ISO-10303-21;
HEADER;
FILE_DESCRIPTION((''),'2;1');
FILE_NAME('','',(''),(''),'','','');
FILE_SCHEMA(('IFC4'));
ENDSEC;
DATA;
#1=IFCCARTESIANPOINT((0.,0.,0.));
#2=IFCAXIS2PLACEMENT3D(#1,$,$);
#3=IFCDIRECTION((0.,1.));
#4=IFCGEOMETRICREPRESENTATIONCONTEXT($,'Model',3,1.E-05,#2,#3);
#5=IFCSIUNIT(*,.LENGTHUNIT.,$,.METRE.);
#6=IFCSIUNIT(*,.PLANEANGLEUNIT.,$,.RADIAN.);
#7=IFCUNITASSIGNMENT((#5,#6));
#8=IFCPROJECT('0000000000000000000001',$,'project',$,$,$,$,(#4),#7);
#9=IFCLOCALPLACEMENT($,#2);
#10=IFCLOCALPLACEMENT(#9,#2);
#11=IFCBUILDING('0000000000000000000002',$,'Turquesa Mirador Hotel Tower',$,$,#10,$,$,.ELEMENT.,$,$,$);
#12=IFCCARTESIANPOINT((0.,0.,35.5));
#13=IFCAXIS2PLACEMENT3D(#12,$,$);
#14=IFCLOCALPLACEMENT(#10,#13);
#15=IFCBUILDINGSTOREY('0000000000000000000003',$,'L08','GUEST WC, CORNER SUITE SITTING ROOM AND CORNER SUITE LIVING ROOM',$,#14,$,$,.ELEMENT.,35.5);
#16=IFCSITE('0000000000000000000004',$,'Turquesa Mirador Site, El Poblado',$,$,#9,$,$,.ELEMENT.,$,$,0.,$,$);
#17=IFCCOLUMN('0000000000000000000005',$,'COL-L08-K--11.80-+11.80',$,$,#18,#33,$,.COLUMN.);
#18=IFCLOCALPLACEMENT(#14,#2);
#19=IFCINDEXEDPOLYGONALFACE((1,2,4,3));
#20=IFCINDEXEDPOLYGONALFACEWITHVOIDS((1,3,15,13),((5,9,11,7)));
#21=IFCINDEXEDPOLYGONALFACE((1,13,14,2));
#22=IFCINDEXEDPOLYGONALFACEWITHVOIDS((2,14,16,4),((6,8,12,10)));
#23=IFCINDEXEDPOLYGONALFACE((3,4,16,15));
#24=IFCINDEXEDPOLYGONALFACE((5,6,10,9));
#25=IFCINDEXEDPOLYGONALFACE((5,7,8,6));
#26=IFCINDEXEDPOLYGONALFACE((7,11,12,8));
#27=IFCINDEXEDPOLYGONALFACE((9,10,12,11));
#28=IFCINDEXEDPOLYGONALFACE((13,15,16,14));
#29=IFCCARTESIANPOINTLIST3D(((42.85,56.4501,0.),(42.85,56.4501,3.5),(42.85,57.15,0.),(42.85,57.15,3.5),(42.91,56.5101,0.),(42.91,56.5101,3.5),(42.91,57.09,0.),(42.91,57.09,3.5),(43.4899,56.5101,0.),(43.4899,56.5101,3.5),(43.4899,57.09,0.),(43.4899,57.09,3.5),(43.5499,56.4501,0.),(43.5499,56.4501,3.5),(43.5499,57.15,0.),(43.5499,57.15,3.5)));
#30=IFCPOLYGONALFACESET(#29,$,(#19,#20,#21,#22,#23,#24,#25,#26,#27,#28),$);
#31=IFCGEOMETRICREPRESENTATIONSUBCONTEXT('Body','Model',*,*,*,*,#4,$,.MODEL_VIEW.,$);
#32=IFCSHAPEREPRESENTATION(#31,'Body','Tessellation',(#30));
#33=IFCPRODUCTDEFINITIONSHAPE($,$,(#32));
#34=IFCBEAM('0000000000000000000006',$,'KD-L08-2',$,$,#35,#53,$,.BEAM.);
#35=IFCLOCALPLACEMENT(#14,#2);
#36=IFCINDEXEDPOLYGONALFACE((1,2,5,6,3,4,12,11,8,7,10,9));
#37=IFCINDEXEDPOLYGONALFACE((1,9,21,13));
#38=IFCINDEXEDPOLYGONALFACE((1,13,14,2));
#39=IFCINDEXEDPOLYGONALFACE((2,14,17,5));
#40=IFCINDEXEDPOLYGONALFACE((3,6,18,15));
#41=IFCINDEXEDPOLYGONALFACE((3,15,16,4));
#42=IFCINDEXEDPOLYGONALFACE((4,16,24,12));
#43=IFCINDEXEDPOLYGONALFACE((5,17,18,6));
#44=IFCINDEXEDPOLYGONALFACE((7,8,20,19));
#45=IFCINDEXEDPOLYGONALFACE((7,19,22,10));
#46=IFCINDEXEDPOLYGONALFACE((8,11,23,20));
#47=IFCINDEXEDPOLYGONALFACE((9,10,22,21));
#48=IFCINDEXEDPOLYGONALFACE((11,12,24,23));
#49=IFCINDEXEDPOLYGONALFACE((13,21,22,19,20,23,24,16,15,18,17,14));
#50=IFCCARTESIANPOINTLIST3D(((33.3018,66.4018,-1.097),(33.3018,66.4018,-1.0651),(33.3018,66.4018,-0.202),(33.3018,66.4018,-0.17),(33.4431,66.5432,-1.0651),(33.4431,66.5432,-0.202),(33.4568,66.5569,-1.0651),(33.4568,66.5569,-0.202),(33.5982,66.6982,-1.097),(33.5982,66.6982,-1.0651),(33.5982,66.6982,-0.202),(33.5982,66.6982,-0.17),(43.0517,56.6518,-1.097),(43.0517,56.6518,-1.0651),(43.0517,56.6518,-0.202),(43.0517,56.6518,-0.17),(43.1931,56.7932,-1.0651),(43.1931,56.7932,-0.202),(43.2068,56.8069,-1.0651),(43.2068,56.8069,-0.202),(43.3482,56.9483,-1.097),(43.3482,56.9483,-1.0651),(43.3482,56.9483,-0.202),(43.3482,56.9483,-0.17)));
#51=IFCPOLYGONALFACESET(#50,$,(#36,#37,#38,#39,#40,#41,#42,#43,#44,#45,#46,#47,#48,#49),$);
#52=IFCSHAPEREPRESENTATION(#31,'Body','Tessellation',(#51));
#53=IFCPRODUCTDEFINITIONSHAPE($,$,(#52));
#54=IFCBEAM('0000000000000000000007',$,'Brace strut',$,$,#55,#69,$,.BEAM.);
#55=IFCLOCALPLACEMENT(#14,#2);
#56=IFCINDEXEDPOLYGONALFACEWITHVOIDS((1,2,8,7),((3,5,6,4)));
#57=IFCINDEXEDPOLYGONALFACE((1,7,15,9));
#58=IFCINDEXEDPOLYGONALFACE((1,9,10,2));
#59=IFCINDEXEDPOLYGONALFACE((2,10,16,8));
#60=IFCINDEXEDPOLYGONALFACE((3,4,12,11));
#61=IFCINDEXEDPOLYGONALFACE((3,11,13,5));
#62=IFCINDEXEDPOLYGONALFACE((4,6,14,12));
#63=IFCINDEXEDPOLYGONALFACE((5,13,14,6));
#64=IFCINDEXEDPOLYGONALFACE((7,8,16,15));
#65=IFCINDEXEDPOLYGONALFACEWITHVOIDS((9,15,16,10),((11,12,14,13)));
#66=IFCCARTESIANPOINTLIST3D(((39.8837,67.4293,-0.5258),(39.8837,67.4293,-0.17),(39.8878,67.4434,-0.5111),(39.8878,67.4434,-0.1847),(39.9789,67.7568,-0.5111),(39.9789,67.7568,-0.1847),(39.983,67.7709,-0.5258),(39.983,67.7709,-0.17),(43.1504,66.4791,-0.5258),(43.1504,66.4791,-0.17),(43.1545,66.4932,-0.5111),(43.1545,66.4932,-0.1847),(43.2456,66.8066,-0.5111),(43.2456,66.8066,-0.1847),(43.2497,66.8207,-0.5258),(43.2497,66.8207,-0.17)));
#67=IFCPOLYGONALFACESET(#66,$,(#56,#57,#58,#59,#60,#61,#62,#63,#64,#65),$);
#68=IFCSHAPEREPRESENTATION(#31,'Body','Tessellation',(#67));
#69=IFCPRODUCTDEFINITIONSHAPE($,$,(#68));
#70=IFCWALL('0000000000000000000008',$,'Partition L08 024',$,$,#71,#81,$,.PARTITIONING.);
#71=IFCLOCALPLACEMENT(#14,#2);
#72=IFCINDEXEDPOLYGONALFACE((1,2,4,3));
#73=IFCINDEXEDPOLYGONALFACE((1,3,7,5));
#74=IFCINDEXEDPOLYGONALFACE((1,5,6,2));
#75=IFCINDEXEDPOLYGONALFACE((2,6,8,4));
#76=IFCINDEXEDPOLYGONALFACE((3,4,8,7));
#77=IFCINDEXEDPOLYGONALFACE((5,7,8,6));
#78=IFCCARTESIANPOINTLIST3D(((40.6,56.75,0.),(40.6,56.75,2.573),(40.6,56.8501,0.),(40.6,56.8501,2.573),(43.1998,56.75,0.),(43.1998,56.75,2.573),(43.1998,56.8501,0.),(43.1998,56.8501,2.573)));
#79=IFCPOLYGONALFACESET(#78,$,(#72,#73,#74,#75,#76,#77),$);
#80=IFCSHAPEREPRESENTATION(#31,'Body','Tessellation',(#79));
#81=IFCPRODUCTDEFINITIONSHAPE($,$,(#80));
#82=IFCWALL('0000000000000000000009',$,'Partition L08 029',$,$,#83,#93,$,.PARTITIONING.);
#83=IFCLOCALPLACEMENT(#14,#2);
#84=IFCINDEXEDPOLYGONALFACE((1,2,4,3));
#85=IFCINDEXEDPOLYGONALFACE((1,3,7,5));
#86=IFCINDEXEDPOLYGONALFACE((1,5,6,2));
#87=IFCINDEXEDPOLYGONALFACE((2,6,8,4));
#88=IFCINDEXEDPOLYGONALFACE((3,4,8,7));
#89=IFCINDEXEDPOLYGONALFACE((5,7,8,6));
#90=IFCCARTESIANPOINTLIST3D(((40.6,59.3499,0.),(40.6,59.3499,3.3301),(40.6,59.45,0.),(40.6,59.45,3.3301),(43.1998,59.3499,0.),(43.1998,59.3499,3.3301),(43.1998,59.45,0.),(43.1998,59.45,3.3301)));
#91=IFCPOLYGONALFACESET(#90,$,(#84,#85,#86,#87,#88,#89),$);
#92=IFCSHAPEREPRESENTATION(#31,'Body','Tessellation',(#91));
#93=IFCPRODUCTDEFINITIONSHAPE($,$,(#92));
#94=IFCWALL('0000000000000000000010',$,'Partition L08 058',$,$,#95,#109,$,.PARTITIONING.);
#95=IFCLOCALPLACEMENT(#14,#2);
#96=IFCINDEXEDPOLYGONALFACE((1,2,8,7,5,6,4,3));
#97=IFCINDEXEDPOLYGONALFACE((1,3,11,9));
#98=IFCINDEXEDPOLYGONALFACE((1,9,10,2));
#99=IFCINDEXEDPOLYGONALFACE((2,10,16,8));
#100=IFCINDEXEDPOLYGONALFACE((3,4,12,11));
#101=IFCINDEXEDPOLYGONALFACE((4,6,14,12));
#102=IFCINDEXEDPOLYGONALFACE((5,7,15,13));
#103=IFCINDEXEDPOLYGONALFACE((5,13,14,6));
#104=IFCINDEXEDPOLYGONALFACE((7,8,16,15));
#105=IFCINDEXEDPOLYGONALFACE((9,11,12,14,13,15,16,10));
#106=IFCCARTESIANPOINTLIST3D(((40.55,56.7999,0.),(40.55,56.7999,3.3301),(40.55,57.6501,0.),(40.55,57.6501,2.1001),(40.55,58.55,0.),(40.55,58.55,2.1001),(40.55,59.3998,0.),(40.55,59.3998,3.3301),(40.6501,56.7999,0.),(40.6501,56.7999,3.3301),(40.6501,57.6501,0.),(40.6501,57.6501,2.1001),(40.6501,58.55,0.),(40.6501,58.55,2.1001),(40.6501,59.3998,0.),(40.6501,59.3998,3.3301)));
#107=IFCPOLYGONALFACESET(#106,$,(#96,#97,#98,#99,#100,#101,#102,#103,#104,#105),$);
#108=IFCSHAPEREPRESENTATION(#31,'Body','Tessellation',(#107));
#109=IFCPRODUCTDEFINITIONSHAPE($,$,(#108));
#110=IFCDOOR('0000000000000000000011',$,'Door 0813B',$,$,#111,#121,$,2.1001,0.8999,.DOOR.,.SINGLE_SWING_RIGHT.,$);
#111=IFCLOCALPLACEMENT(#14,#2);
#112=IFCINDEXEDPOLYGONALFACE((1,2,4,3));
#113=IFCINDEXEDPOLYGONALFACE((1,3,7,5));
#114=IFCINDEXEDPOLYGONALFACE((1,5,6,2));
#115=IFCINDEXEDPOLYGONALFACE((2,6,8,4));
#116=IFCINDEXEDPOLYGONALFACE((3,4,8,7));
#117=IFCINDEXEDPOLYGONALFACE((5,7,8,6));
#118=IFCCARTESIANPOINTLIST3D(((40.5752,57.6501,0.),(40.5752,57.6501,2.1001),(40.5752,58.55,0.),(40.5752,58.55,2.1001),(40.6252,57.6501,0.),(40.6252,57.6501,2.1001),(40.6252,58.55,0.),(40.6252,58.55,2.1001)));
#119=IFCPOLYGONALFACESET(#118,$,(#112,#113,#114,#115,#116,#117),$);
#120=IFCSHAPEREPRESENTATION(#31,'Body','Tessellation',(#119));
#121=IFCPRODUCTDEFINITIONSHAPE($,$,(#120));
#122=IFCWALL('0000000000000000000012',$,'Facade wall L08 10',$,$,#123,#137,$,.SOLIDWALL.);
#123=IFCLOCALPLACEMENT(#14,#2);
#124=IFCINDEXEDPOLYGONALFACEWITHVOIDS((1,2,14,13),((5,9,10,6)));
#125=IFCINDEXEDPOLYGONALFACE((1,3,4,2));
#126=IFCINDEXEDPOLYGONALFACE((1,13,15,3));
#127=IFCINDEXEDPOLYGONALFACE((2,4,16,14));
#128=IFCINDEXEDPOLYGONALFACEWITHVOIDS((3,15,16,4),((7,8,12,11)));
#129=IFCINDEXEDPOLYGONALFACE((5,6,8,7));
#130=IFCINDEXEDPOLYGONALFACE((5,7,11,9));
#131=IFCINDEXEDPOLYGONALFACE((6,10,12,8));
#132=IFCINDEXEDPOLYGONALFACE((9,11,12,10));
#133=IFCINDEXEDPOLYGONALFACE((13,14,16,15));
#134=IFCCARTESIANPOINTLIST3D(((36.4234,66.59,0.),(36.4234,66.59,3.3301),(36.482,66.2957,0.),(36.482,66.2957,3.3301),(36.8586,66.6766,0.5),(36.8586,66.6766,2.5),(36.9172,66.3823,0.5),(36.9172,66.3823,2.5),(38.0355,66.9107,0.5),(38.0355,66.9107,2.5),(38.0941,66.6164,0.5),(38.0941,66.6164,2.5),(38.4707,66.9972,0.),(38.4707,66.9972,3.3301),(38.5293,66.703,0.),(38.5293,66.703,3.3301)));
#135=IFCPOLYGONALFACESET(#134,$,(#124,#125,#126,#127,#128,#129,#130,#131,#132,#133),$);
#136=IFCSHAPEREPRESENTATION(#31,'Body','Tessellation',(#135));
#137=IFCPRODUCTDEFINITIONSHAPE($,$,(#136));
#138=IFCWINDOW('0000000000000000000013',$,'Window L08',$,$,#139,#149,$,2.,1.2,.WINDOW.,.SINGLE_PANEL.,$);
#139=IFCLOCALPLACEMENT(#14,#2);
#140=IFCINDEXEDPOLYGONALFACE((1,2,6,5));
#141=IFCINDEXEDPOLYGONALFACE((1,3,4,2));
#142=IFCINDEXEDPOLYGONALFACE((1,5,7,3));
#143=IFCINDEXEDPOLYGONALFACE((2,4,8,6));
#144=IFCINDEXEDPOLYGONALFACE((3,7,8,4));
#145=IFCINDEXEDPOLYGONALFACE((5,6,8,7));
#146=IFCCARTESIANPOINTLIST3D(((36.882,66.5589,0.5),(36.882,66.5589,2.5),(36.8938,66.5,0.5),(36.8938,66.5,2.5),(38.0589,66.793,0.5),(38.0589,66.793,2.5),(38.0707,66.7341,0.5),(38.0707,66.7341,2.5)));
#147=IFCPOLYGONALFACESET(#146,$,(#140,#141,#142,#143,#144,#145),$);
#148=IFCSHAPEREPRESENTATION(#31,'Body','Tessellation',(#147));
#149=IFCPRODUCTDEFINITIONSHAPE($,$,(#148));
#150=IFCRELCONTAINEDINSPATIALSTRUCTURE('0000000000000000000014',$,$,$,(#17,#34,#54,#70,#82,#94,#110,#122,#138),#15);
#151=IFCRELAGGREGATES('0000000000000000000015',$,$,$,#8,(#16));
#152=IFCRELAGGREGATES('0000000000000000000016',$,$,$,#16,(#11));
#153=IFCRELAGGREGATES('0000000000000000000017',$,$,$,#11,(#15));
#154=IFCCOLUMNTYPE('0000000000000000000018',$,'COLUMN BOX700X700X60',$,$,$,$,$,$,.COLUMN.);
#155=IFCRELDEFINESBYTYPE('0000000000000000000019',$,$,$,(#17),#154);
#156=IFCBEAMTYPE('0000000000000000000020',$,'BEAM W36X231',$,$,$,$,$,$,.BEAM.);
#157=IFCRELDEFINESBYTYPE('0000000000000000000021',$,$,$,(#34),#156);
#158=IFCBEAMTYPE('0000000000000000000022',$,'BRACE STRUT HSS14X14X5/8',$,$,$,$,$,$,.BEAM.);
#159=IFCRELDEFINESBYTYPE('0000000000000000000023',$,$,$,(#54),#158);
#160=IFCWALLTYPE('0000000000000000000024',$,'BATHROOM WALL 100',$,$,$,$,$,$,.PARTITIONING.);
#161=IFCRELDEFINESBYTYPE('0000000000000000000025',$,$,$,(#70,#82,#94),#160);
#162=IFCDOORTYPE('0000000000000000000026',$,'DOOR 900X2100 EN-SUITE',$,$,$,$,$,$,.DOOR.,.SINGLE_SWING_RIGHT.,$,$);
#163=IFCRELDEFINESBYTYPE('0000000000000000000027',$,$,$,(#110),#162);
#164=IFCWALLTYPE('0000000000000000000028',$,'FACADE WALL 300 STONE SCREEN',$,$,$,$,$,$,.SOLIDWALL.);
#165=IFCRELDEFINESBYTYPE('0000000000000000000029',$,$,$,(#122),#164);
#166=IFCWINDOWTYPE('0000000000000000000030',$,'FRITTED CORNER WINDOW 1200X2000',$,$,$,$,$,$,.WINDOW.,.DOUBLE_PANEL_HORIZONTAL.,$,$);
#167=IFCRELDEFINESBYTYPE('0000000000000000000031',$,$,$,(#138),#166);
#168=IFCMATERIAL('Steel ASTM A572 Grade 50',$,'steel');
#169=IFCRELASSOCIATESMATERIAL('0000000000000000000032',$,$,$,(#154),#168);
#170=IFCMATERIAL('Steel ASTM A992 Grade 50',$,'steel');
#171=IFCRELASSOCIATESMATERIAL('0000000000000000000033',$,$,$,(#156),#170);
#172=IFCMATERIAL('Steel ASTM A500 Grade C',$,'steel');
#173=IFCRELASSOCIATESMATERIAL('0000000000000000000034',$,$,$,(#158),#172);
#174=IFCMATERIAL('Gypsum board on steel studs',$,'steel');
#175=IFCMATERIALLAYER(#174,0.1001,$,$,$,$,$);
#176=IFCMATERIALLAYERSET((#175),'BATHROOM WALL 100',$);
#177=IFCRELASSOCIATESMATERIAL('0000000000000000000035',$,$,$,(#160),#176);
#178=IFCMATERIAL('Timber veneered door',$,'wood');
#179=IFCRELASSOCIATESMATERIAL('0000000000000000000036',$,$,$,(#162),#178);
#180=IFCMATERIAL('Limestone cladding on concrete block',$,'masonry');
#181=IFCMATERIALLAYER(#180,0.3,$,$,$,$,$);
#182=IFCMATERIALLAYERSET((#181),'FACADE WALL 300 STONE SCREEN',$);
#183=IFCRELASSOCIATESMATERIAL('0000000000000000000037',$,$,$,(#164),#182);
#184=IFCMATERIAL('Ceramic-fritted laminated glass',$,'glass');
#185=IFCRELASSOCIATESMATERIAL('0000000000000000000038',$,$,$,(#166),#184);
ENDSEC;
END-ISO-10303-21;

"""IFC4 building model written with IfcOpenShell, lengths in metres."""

from ifc_helpers import new_model, si_unit, direction, frame, frame_2d, origin, origin_2d, place, context, subcontext, project, spatial, rectangle, hollow_rectangle, i_section, extrude, material, layer, layer_set, material_profile, profile_set, type_object, element, fill, save


model = new_model("IFC4")

# Units and contexts
model_context = context("Model", 3, precision=1e-05, world=origin(), true_north=direction((0.0, 1.0)))
body_context = subcontext(model_context, "Body", "Model", "MODEL_VIEW")
ifc_project = project(units=[si_unit("LENGTHUNIT", "METRE"), si_unit("PLANEANGLEUNIT", "RADIAN")], contexts=[model_context])

# Site, building, storey
site_placement = place(None, origin())
site = spatial("IfcSite", under=ifc_project, at=site_placement, Name="Turquesa Mirador Site, El Poblado", CompositionType="ELEMENT", RefElevation=0.0)
building_placement = place(site_placement, origin())
building = spatial("IfcBuilding", under=site, at=building_placement, Name="Turquesa Mirador Hotel Tower", CompositionType="ELEMENT")
storey_placement = place(building_placement, frame((0.0, 0.0, 35.5)))
storey = spatial("IfcBuildingStorey", under=building, at=storey_placement, Name="L08", Description="GUEST WC, CORNER SUITE SITTING ROOM AND CORNER SUITE LIVING ROOM", CompositionType="ELEMENT", Elevation=35.5)

# Column
ifc_material_1 = material(Name="Steel ASTM A572 Grade 50", Category="steel")
ifc_material_profile_1 = material_profile(ifc_material_1, hollow_rectangle(XDim=0.7, YDim=0.7, WallThickness=0.0601, at=origin_2d()), Name="BOX700X700X60")
ifc_profile_set_1 = profile_set([ifc_material_profile_1], Name="Steel ASTM A572 Grade 50")
column_type = type_object("IfcColumnType", Name="COLUMN BOX700X700X60", PredefinedType="COLUMN", material=ifc_profile_set_1)
column_placement = place(storey_placement, frame((43.2, 56.8, 0.0), z_axis=(0.0, 0.0, 1.0), x_axis=(1.0, 0.0, 0.0)))
element("IfcColumn", 1, at=column_placement, inside=storey, type_object=column_type, Name="COL-L08-K--11.80-+11.80", PredefinedType="COLUMN", context=body_context, shape_type="SweptSolid", body=[
    extrude(hollow_rectangle(XDim=0.7, YDim=0.7, WallThickness=0.0601, at=origin_2d()), origin(), (0.0, 0.0, 1.0), 3.5),
])

# Beams
ifc_material_2 = material(Name="Steel ASTM A992 Grade 50", Category="steel")
ifc_material_profile_2 = material_profile(ifc_material_2, i_section(OverallWidth=0.4192, OverallDepth=0.927, WebThickness=0.0193, FlangeThickness=0.032, at=origin_2d()), Name="W36X231")
ifc_profile_set_2 = profile_set([ifc_material_profile_2], Name="Steel ASTM A992 Grade 50")
beam_type_1 = type_object("IfcBeamType", Name="BEAM W36X231", PredefinedType="BEAM", material=ifc_profile_set_2)
beam_1_placement = place(storey_placement, frame((43.2, 56.8, -0.6335), z_axis=(-0.707107, 0.707107, 0.0), x_axis=(-0.707107, -0.707107, 0.0)))
element("IfcBeam", 2, at=beam_1_placement, inside=storey, type_object=beam_type_1, Name="KD-L08-2", PredefinedType="BEAM", context=body_context, shape_type="SweptSolid", body=[
    extrude(i_section(OverallWidth=0.4192, OverallDepth=0.927, WebThickness=0.0193, FlangeThickness=0.032, at=origin_2d()), origin(), (0.0, 0.0, 1.0), 13.7886),
])
ifc_material_3 = material(Name="Steel ASTM A500 Grade C", Category="steel")
ifc_material_profile_3 = material_profile(ifc_material_3, hollow_rectangle(XDim=0.3557, YDim=0.3557, WallThickness=0.0146, at=origin_2d()), Name="HSS14X14X5/8")
ifc_profile_set_3 = profile_set([ifc_material_profile_3], Name="Steel ASTM A500 Grade C")
beam_type_2 = type_object("IfcBeamType", Name="BRACE STRUT HSS14X14X5/8", PredefinedType="BEAM", material=ifc_profile_set_3)
beam_2_placement = place(storey_placement, frame((39.9333, 67.6001, -0.3479), z_axis=(0.960202, -0.279305, 0.0), x_axis=(0.279305, 0.960202, 0.0)))
element("IfcBeam", 3, at=beam_2_placement, inside=storey, type_object=beam_type_2, Name="Brace strut", PredefinedType="BEAM", context=body_context, shape_type="SweptSolid", body=[
    extrude(hollow_rectangle(XDim=0.3557, YDim=0.3557, WallThickness=0.0146, at=origin_2d()), origin(), (0.0, 0.0, 1.0), 3.4021),
])

# Walls
ifc_material_4 = material(Name="Gypsum board on steel studs", Category="steel")
ifc_layer_1 = layer(ifc_material_4, 0.1001)
ifc_layer_set_1 = layer_set([ifc_layer_1], Name="BATHROOM WALL 100")
wall_type_1 = type_object("IfcWallType", Name="BATHROOM WALL 100", PredefinedType="PARTITIONING", material=ifc_layer_set_1)
wall_1_placement = place(storey_placement, frame((40.6001, 56.8, 0.0), z_axis=(0.0, 0.0, 1.0), x_axis=(1.0, 0.0, 0.0)))
element("IfcWall", 4, at=wall_1_placement, inside=storey, type_object=wall_type_1, Name="Partition L08 024", PredefinedType="PARTITIONING", context=body_context, shape_type="SweptSolid", body=[
    extrude(rectangle(XDim=2.5999, YDim=0.1001, at=frame_2d((1.2998, 0.0))), origin(), (0.0, 0.0, 1.0), 2.573),
])
wall_2_placement = place(storey_placement, frame((40.6001, 59.3999, 0.0), z_axis=(0.0, 0.0, 1.0), x_axis=(1.0, 0.0, 0.0)))
element("IfcWall", 5, at=wall_2_placement, inside=storey, type_object=wall_type_1, Name="Partition L08 029", PredefinedType="PARTITIONING", context=body_context, shape_type="SweptSolid", body=[
    extrude(rectangle(XDim=2.5999, YDim=0.1001, at=frame_2d((1.2998, 0.0))), origin(), (0.0, 0.0, 1.0), 3.3301),
])

# Wall, opening, door
wall_3_placement = place(storey_placement, frame((40.6001, 56.8, 0.0), z_axis=(0.0, 0.0, 1.0), x_axis=(0.0, 1.0, 0.0)))
wall_3 = element("IfcWall", 6, at=wall_3_placement, inside=storey, type_object=wall_type_1, Name="Partition L08 058", PredefinedType="PARTITIONING", context=body_context, shape_type="SweptSolid", body=[
    extrude(rectangle(XDim=2.5999, YDim=0.1001, at=frame_2d((1.2998, 0.0))), origin(), (0.0, 0.0, 1.0), 3.3301),
])
opening_1_placement = place(wall_3_placement, frame((0.8501, 0.0, 0.0)))
opening_1 = element("IfcOpeningElement", 7, at=opening_1_placement, cuts=wall_3, PredefinedType="OPENING", context=body_context, shape_type="SweptSolid", body=[
    extrude(rectangle(XDim=0.8999, YDim=2.1001, at=frame_2d((0.45, 1.05))), frame((0.0, 0.0601, 0.0), z_axis=(0.0, -1.0, 0.0), x_axis=(1.0, 0.0, 0.0)), (0.0, 0.0, 1.0), 0.1201),
])
ifc_material_5 = material(Name="Timber veneered door", Category="wood")
door_type = type_object("IfcDoorType", Name="DOOR 900X2100 EN-SUITE", OperationType="SINGLE_SWING_RIGHT", PredefinedType="DOOR", material=ifc_material_5)
door_placement = place(opening_1_placement, origin())
door = element("IfcDoor", 8, at=door_placement, inside=storey, type_object=door_type, Name="Door 0813B", OperationType="SINGLE_SWING_RIGHT", OverallHeight=2.1001, OverallWidth=0.8999, PredefinedType="DOOR", context=body_context, shape_type="SweptSolid", body=[
    extrude(rectangle(XDim=0.8999, YDim=2.1001, at=frame_2d((0.45, 1.05))), frame((0.0, 0.0249, 0.0), z_axis=(0.0, -1.0, 0.0), x_axis=(1.0, 0.0, 0.0)), (0.0, 0.0, 1.0), 0.05),
])
fill(opening_1, door)

# Wall, opening, window
ifc_material_6 = material(Name="Limestone cladding on concrete block", Category="masonry")
ifc_layer_2 = layer(ifc_material_6, 0.3)
ifc_layer_set_2 = layer_set([ifc_layer_2], Name="FACADE WALL 300 STONE SCREEN")
wall_type_2 = type_object("IfcWallType", Name="FACADE WALL 300 STONE SCREEN", PredefinedType="SOLIDWALL", material=ifc_layer_set_2)
wall_4_placement = place(storey_placement, frame((38.5, 66.8501, 0.0), z_axis=(0.0, 0.0, 1.0), x_axis=(-0.980787, -0.195081, 0.0)))
wall_4 = element("IfcWall", 9, at=wall_4_placement, inside=storey, type_object=wall_type_2, Name="Facade wall L08 10", PredefinedType="SOLIDWALL", context=body_context, shape_type="SweptSolid", body=[
    extrude(rectangle(XDim=2.0874, YDim=0.3, at=frame_2d((1.0437, 0.0))), origin(), (0.0, 0.0, 1.0), 3.3301),
])
opening_2_placement = place(wall_4_placement, frame((0.4436, 0.0, 0.5)))
opening_2 = element("IfcOpeningElement", 10, at=opening_2_placement, cuts=wall_4, PredefinedType="OPENING", context=body_context, shape_type="SweptSolid", body=[
    extrude(rectangle(XDim=1.2, YDim=2.0, at=frame_2d((0.6001, 1.0))), frame((0.0, 0.1599, 0.0), z_axis=(0.0, -1.0, 0.0), x_axis=(1.0, 0.0, 0.0)), (0.0, 0.0, 1.0), 0.3201),
])
ifc_material_7 = material(Name="Ceramic-fritted laminated glass", Category="glass")
window_type = type_object("IfcWindowType", Name="FRITTED CORNER WINDOW 1200X2000", PartitioningType="DOUBLE_PANEL_HORIZONTAL", PredefinedType="WINDOW", material=ifc_material_7)
window_1_placement = place(opening_2_placement, origin())
window_1 = element("IfcWindow", 11, at=window_1_placement, inside=storey, type_object=window_type, Name="Window L08", OverallHeight=2.0, OverallWidth=1.2, PartitioningType="SINGLE_PANEL", PredefinedType="WINDOW", context=body_context, shape_type="SweptSolid", body=[
    extrude(rectangle(XDim=1.2, YDim=2.0, at=frame_2d((0.6001, 1.0))), frame((0.0, 0.03, 0.0), z_axis=(0.0, -1.0, 0.0), x_axis=(1.0, 0.0, 0.0)), (0.0, 0.0, 1.0), 0.0601),
])
fill(opening_2, window_1)

save(model, "model.ifc")
